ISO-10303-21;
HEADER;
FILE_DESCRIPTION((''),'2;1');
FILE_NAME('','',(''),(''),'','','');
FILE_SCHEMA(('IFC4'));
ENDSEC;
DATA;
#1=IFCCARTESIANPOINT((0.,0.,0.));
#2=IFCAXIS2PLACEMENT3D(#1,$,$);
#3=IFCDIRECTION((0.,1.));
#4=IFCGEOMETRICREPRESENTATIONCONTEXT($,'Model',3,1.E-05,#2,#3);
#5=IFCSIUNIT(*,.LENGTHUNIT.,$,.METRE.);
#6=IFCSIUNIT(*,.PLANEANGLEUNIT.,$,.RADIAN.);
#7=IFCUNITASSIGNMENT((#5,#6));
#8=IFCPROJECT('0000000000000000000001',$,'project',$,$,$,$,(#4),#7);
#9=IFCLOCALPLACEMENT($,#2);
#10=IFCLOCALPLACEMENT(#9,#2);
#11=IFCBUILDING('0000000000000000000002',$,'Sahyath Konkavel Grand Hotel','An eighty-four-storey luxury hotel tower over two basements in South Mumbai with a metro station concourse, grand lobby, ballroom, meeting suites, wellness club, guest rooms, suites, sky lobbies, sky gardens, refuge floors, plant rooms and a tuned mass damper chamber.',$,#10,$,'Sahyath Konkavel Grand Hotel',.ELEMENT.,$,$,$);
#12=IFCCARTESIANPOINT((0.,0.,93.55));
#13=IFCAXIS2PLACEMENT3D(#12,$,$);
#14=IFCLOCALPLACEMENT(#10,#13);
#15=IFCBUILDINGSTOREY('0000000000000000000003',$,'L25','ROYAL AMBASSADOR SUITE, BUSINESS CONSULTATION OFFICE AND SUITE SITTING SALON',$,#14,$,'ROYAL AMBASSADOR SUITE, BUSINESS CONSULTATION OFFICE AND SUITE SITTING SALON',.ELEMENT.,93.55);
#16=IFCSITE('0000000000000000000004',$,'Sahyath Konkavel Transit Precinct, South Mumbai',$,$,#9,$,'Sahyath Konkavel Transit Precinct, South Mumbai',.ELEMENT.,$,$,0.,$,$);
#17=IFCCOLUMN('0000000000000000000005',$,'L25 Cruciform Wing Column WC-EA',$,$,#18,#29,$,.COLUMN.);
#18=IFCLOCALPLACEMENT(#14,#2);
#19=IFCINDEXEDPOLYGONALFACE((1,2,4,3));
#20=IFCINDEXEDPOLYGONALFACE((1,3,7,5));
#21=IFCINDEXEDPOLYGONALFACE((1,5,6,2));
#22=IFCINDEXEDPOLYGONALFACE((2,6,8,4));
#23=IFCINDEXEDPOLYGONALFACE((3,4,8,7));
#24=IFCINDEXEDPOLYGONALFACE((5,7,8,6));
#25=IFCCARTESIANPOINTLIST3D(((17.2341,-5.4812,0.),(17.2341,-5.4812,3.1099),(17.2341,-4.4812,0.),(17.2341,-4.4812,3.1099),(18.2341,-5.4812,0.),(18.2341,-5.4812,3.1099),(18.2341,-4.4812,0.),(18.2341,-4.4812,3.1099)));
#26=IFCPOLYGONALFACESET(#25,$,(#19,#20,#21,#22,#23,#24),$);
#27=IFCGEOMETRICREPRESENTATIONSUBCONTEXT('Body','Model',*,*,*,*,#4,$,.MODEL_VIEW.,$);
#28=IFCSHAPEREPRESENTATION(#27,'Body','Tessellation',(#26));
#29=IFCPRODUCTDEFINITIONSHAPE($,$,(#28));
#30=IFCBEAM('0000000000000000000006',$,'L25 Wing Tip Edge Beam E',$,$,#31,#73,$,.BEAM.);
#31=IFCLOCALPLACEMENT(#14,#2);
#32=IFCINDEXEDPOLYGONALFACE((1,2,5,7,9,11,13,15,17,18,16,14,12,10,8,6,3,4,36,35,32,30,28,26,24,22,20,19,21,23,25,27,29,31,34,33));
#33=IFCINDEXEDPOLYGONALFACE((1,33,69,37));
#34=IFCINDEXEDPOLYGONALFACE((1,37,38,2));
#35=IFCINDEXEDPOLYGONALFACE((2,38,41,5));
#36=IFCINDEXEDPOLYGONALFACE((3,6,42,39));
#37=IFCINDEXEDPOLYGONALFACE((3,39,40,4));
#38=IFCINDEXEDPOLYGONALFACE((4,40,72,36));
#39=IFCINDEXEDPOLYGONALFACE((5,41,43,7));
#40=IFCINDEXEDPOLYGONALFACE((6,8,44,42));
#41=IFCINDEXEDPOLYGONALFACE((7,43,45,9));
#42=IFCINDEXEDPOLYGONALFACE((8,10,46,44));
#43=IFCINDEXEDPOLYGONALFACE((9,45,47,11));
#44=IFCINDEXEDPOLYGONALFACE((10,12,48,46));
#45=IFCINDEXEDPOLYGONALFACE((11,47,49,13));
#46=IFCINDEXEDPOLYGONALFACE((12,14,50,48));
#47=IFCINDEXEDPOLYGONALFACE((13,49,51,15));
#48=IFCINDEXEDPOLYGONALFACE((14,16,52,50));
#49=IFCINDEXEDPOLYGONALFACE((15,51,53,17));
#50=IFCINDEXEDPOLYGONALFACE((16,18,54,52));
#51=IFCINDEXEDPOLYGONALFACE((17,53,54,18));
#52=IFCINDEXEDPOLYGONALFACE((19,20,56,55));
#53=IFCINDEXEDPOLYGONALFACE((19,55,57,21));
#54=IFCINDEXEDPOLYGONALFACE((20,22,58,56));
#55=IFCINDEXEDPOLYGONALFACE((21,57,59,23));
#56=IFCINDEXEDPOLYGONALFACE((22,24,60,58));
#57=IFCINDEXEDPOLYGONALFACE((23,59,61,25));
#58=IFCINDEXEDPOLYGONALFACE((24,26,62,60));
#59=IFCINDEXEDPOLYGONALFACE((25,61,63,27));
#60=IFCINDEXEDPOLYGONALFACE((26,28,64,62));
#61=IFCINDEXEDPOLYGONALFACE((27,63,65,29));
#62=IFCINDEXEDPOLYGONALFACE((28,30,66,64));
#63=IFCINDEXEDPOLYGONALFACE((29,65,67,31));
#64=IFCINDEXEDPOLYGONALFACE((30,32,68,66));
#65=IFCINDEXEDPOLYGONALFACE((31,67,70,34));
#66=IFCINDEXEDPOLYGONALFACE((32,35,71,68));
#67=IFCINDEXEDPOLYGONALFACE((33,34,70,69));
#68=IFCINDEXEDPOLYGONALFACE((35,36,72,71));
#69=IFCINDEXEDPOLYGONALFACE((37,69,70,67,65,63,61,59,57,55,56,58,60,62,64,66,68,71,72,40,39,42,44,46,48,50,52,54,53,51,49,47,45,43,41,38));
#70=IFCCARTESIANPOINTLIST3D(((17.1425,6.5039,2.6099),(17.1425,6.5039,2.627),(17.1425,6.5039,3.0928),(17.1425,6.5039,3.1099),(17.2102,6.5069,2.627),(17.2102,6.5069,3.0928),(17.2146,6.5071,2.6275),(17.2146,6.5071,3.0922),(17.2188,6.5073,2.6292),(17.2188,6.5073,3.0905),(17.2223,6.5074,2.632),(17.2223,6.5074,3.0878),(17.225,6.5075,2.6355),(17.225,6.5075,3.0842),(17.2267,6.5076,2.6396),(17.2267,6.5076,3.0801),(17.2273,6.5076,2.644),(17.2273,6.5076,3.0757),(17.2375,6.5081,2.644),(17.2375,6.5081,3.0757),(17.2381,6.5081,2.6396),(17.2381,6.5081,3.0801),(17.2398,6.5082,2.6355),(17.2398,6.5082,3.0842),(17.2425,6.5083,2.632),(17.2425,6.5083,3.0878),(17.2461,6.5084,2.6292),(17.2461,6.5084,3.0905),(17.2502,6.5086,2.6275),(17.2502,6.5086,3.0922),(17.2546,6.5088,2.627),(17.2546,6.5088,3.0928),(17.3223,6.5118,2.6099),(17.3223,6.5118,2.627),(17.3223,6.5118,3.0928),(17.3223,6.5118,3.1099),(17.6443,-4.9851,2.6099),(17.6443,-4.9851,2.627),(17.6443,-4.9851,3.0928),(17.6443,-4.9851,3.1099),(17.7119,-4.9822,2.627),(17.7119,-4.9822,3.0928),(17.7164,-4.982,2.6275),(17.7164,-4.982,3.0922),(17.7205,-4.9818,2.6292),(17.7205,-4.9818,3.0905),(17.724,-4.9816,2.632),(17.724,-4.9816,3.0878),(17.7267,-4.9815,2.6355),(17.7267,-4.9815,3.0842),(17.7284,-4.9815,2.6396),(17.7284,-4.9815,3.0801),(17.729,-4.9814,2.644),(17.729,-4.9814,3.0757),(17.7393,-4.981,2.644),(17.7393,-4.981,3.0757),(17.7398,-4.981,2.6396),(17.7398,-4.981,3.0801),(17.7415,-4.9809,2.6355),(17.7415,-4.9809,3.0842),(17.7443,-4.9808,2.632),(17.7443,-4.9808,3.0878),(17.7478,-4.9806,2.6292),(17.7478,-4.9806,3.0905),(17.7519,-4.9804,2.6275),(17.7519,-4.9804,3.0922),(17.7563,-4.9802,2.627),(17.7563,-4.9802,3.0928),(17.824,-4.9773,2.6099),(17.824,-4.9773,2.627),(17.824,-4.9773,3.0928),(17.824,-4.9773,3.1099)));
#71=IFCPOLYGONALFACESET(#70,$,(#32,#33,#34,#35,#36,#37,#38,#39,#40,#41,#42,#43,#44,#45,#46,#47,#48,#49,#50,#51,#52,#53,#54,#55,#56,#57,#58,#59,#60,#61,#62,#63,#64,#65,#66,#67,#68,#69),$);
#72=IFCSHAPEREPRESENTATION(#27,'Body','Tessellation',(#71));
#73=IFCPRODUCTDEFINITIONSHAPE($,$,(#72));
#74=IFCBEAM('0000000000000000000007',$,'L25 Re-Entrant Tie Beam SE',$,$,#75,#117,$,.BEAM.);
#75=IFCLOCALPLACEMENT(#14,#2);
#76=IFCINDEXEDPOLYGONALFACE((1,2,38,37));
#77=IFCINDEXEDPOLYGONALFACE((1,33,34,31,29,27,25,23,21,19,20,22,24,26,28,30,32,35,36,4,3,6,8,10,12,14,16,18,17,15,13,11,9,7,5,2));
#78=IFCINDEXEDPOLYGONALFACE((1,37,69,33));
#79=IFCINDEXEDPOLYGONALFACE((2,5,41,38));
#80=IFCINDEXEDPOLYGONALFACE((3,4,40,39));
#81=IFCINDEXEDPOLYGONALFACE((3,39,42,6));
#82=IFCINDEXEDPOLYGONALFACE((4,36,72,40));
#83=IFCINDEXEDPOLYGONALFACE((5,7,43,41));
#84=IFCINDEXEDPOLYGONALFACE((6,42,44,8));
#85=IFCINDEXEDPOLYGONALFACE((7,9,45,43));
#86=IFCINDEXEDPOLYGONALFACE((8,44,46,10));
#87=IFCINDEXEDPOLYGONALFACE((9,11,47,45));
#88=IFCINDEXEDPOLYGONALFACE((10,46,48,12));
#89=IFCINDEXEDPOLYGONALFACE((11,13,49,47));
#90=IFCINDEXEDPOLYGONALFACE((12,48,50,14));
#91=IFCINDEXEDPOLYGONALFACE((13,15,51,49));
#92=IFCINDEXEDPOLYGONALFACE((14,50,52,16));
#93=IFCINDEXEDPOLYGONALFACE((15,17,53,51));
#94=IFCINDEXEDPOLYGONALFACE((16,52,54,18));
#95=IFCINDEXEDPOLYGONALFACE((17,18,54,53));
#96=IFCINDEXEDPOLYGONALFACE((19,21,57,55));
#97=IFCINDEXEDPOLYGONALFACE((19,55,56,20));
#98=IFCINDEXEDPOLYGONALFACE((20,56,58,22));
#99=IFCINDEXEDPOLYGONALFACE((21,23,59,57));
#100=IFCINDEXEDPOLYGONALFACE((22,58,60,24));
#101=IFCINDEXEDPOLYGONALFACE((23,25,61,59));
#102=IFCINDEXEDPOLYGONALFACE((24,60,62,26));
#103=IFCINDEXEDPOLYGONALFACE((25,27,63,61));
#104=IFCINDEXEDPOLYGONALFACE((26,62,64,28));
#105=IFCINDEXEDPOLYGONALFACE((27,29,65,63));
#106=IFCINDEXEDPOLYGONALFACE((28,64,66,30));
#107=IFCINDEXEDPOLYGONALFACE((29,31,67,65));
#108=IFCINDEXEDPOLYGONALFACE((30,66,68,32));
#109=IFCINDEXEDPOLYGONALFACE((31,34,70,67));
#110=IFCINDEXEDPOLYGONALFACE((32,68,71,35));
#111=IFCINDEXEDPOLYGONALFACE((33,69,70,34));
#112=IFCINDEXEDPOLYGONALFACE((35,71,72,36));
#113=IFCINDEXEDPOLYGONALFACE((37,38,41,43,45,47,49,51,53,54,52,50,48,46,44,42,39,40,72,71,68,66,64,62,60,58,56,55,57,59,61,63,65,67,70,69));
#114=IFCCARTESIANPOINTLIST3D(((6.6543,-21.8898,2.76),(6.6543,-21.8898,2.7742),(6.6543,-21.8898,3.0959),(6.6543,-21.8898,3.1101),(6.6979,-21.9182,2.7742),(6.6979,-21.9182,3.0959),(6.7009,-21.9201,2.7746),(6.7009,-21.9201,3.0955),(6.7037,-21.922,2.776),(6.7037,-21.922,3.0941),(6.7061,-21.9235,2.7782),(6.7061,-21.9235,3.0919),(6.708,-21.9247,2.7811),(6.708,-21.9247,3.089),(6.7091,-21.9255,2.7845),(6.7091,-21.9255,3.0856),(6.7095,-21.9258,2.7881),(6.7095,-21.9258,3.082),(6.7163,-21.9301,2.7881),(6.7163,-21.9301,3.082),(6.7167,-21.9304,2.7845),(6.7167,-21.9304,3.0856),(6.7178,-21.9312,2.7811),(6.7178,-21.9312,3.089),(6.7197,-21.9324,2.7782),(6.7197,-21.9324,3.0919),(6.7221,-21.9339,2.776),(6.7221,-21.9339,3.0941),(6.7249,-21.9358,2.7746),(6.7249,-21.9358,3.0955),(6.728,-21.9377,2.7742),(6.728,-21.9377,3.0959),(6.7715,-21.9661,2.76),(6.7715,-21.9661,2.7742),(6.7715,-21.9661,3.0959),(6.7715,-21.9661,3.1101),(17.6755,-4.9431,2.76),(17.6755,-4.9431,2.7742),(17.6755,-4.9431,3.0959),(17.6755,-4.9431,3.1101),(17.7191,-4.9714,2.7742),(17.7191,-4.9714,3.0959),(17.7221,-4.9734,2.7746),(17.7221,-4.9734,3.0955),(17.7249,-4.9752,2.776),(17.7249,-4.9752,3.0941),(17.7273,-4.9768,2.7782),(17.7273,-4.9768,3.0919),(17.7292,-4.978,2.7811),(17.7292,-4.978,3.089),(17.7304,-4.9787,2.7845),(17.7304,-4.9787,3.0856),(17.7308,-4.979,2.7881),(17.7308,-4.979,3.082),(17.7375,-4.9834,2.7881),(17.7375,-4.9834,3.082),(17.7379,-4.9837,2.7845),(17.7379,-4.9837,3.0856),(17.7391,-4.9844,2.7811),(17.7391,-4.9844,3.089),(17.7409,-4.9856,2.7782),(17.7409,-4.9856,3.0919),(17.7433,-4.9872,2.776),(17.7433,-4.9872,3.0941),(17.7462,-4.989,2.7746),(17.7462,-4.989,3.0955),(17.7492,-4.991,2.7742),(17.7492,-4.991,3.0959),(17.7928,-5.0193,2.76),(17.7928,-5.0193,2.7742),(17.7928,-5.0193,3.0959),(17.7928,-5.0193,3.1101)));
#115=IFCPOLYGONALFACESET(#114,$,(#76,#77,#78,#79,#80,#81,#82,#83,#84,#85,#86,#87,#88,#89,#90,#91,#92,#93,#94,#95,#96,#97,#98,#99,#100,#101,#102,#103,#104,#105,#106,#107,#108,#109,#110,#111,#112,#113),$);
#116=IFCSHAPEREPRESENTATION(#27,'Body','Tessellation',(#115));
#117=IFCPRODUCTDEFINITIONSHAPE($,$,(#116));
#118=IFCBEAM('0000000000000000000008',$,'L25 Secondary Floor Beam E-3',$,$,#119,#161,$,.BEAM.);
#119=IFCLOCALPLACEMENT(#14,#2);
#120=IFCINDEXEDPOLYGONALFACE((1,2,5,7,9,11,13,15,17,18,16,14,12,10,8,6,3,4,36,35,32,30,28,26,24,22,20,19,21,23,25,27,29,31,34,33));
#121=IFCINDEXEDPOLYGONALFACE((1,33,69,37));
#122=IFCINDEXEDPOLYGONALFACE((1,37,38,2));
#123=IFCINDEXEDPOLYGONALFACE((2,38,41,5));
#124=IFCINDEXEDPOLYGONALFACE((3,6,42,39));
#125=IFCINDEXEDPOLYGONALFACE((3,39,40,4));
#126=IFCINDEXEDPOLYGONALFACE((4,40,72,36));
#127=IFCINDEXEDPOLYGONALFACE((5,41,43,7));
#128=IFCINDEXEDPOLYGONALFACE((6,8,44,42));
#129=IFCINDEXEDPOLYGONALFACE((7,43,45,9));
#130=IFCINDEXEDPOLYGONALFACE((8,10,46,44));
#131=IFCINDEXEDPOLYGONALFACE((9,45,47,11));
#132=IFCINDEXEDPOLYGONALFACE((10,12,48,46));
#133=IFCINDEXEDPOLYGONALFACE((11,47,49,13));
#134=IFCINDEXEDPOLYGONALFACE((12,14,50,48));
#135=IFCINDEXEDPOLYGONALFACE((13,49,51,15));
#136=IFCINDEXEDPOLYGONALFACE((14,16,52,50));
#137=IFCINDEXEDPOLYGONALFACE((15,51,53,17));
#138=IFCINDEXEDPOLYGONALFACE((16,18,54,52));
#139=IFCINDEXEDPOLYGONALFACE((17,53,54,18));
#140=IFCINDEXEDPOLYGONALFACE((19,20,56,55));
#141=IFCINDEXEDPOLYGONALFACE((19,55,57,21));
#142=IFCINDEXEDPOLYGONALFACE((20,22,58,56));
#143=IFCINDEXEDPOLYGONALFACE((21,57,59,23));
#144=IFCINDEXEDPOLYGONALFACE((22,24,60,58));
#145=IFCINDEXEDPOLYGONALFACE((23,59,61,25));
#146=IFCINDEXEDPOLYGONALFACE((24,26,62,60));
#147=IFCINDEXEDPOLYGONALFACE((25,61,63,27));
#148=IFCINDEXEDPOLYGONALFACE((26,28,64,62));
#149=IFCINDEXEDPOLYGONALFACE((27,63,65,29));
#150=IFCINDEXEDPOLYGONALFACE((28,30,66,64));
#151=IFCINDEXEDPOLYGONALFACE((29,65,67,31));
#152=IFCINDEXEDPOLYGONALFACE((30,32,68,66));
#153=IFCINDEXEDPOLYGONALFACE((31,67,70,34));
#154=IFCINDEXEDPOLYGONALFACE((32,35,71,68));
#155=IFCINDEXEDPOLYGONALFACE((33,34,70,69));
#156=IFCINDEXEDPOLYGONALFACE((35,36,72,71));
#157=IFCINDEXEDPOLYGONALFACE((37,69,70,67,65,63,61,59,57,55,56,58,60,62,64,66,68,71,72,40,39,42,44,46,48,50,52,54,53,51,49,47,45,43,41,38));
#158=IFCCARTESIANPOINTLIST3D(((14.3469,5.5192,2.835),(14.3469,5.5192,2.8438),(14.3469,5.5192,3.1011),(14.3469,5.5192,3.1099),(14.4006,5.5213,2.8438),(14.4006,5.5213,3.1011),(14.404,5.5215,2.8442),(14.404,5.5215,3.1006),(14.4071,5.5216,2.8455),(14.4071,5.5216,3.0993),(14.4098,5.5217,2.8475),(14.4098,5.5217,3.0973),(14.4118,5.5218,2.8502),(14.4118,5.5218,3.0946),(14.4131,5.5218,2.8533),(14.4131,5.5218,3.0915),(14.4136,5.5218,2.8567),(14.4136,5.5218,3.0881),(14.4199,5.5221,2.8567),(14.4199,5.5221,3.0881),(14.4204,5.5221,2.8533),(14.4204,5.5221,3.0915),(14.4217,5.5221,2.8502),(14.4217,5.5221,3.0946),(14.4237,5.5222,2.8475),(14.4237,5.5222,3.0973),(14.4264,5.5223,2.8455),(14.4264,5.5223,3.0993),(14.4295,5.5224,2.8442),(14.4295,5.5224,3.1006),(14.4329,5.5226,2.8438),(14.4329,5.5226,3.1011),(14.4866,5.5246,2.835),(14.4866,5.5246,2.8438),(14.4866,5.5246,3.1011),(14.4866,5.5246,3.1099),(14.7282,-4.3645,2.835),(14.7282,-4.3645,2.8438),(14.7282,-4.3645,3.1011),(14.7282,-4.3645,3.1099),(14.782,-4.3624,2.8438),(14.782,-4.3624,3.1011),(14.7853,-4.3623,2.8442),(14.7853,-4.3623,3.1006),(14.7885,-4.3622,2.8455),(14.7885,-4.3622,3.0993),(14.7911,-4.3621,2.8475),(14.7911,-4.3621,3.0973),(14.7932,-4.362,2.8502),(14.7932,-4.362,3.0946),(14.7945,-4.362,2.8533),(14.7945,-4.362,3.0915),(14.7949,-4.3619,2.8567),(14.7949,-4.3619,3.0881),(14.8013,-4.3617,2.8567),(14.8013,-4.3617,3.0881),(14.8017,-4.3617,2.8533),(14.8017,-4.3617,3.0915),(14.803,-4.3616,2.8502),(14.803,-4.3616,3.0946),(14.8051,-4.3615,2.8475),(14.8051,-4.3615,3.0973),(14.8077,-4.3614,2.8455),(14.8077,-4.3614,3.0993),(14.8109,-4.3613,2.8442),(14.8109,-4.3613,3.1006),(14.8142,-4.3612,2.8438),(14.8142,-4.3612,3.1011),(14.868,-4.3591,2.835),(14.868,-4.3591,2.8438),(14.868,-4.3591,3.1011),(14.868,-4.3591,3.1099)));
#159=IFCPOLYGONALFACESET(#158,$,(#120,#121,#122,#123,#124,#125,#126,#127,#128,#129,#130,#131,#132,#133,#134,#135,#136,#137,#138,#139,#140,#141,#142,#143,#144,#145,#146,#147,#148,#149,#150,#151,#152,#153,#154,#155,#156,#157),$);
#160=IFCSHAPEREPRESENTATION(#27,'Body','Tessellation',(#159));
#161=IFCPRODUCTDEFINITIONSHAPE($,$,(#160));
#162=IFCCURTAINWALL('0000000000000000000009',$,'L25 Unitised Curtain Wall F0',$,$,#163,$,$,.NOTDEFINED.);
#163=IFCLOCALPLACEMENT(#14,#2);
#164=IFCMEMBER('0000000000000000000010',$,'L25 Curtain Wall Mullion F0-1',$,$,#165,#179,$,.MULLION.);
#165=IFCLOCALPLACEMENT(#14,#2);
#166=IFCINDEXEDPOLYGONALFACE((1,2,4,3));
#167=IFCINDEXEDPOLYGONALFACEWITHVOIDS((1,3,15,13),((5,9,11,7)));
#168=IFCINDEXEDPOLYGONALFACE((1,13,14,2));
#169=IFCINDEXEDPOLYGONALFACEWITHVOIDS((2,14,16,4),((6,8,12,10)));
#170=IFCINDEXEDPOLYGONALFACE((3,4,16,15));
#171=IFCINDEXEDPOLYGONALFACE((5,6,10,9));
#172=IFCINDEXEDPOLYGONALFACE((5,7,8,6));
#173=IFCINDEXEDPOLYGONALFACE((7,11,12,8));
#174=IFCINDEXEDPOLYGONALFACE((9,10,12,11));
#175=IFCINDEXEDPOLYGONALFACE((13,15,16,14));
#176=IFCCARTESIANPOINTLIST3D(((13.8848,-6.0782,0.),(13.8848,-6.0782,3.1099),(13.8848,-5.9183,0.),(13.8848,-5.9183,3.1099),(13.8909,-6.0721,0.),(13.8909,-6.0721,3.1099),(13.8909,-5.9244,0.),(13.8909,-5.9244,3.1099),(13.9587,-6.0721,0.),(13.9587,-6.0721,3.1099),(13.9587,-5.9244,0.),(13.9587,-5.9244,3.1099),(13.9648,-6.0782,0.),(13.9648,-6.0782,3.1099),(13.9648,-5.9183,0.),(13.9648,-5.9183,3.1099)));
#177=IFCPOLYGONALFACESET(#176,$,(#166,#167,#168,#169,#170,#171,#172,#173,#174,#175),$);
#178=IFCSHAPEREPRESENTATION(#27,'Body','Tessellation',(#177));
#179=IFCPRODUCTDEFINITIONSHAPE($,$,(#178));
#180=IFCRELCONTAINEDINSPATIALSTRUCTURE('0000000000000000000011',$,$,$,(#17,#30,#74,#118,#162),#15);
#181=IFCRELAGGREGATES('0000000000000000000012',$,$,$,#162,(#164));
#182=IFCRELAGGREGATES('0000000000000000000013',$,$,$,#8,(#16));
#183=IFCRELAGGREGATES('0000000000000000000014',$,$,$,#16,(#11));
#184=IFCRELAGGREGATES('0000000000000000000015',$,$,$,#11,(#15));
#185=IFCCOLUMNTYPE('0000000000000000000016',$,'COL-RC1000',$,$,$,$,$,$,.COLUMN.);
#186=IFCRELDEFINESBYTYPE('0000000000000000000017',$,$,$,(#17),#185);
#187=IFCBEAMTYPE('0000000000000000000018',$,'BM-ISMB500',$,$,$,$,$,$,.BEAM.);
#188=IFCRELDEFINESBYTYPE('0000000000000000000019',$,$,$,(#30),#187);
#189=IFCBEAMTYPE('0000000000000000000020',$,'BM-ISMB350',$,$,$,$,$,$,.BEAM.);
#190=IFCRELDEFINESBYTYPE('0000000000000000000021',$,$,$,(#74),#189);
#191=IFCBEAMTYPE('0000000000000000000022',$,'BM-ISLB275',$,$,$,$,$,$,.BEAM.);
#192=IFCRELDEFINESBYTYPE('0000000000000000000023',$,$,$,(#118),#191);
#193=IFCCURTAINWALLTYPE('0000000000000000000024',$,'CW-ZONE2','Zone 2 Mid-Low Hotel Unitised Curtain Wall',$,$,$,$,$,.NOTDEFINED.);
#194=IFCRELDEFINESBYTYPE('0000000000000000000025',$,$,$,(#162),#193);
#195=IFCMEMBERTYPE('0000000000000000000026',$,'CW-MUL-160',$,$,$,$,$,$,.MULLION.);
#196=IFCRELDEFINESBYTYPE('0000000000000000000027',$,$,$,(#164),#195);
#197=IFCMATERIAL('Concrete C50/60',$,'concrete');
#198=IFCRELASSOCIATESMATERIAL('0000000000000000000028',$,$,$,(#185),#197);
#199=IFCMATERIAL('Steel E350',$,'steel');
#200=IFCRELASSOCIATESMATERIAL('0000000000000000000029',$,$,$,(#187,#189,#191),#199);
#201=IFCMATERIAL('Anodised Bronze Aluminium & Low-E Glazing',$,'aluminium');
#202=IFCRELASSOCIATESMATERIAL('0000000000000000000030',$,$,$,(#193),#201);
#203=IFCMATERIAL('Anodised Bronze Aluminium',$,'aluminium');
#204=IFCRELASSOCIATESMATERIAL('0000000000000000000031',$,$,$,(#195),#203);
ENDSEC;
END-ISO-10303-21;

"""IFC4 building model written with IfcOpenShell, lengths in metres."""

from ifc_helpers import new_model, si_unit, direction, frame, origin, origin_2d, place, context, subcontext, project, spatial, rectangle, hollow_rectangle, i_section, extrude, source, transform, mapped, material, material_profile, profile_set, type_object, element, aggregate, save


model = new_model("IFC4")

# Units and contexts
model_context = context("Model", 3, precision=1e-05, world=origin(), true_north=direction((0.0, 1.0)))
body_context = subcontext(model_context, "Body", "Model", "MODEL_VIEW")
ifc_project = project(units=[si_unit("LENGTHUNIT", "METRE"), si_unit("PLANEANGLEUNIT", "RADIAN")], contexts=[model_context])

# Site, building, storey
site_placement = place(None, origin())
site = spatial("IfcSite", under=ifc_project, at=site_placement, Name="Sahyath Konkavel Transit Precinct, South Mumbai", LongName="Sahyath Konkavel Transit Precinct, South Mumbai", CompositionType="ELEMENT", RefElevation=0.0)
building_placement = place(site_placement, origin())
building = spatial("IfcBuilding", under=site, at=building_placement, Name="Sahyath Konkavel Grand Hotel", Description="An eighty-four-storey luxury hotel tower over two basements in South Mumbai with a metro station concourse, grand lobby, ballroom, meeting suites, wellness club, guest rooms, suites, sky lobbies, sky gardens, refuge floors, plant rooms and a tuned mass damper chamber.", LongName="Sahyath Konkavel Grand Hotel", CompositionType="ELEMENT")
storey_placement = place(building_placement, frame((0.0, 0.0, 93.55)))
storey = spatial("IfcBuildingStorey", under=building, at=storey_placement, Name="L25", Description="ROYAL AMBASSADOR SUITE, BUSINESS CONSULTATION OFFICE AND SUITE SITTING SALON", LongName="ROYAL AMBASSADOR SUITE, BUSINESS CONSULTATION OFFICE AND SUITE SITTING SALON", CompositionType="ELEMENT", Elevation=93.55)

# Column
ifc_material_1 = material(Name="Concrete C50/60", Category="concrete")
ifc_material_profile_1 = material_profile(ifc_material_1, rectangle(XDim=1.0, YDim=1.0, at=origin_2d()), Name="RC 1000x1000")
ifc_profile_set_1 = profile_set([ifc_material_profile_1], Name="Concrete C50/60")
column_type = type_object("IfcColumnType", Name="COL-RC1000", PredefinedType="COLUMN", material=ifc_profile_set_1)
shared_shape_1 = source(origin(), body_context, "Body", "SweptSolid", [
    extrude(rectangle(XDim=1.0, YDim=1.0, at=origin_2d()), origin(), (0.0, 0.0, 1.0), 3.1099),
])
column_placement = place(storey_placement, frame((17.7341, -4.9812, 0.0), z_axis=(0.0, 0.0, 1.0), x_axis=(1.0, 0.0, 0.0)))
element("IfcColumn", 1, at=column_placement, inside=storey, type_object=column_type, Name="L25 Cruciform Wing Column WC-EA", PredefinedType="COLUMN", context=body_context, shape_type="MappedRepresentation", body=[
    mapped(shared_shape_1, transform((0.0, 0.0, 0.0), scale=1.0)),
])

# Beams
ifc_material_2 = material(Name="Steel E350", Category="steel")
ifc_material_profile_2 = material_profile(ifc_material_2, i_section(OverallWidth=0.1799, OverallDepth=0.5, WebThickness=0.0103, FlangeThickness=0.0171, FilletRadius=0.0171, at=origin_2d()), Name="ISMB 500")
ifc_profile_set_2 = profile_set([ifc_material_profile_2], Name="Steel E350")
beam_type_1 = type_object("IfcBeamType", Name="BM-ISMB500", PredefinedType="BEAM", material=ifc_profile_set_2)
shared_shape_2 = source(origin(), body_context, "Body", "SweptSolid", [
    extrude(i_section(OverallWidth=0.1799, OverallDepth=0.5, WebThickness=0.0103, FlangeThickness=0.0171, FilletRadius=0.0171, at=origin_2d()), origin(), (0.0, 0.0, 1.0), 11.5),
])
beam_1_placement = place(storey_placement, frame((17.7341, -4.9812, 2.8599), z_axis=(-0.043627, 0.999048, 0.0), x_axis=(-0.999048, -0.043627, 0.0)))
element("IfcBeam", 2, at=beam_1_placement, inside=storey, type_object=beam_type_1, Name="L25 Wing Tip Edge Beam E", PredefinedType="BEAM", context=body_context, shape_type="MappedRepresentation", body=[
    mapped(shared_shape_2, transform((0.0, 0.0, 0.0), scale=1.0)),
])
ifc_material_profile_3 = material_profile(ifc_material_2, i_section(OverallWidth=0.1399, OverallDepth=0.3501, WebThickness=0.0081, FlangeThickness=0.0142, FilletRadius=0.0139, at=origin_2d()), Name="ISMB 350")
ifc_profile_set_3 = profile_set([ifc_material_profile_3], Name="Steel E350")
beam_type_2 = type_object("IfcBeamType", Name="BM-ISMB350", PredefinedType="BEAM", material=ifc_profile_set_3)
shared_shape_3 = source(origin(), body_context, "Body", "SweptSolid", [
    extrude(i_section(OverallWidth=0.1399, OverallDepth=0.3501, WebThickness=0.0081, FlangeThickness=0.0142, FilletRadius=0.0139, at=origin_2d()), origin(), (0.0, 0.0, 1.0), 20.2153),
])
beam_2_placement = place(storey_placement, frame((17.7341, -4.9812, 2.9351), z_axis=(-0.545191, -0.838312, 0.0), x_axis=(0.838312, -0.545191, 0.0)))
element("IfcBeam", 3, at=beam_2_placement, inside=storey, type_object=beam_type_2, Name="L25 Re-Entrant Tie Beam SE", PredefinedType="BEAM", context=body_context, shape_type="MappedRepresentation", body=[
    mapped(shared_shape_3, transform((0.0, 0.0, 0.0), scale=1.0)),
])
ifc_material_profile_4 = material_profile(ifc_material_2, i_section(OverallWidth=0.1399, OverallDepth=0.2749, WebThickness=0.0063, FlangeThickness=0.0088, FilletRadius=0.0129, at=origin_2d()), Name="ISLB 275")
ifc_profile_set_4 = profile_set([ifc_material_profile_4], Name="Steel E350")
beam_type_3 = type_object("IfcBeamType", Name="BM-ISLB275", PredefinedType="BEAM", material=ifc_profile_set_4)
shared_shape_4 = source(origin(), body_context, "Body", "SweptSolid", [
    extrude(i_section(OverallWidth=0.1399, OverallDepth=0.2749, WebThickness=0.0063, FlangeThickness=0.0088, FilletRadius=0.0129, at=origin_2d()), origin(), (0.0, 0.0, 1.0), 9.8911),
])
beam_3_placement = place(storey_placement, frame((14.7981, -4.3618, 2.9724), z_axis=(-0.038554, 0.999257, 0.0), x_axis=(-0.999257, -0.038554, 0.0)))
element("IfcBeam", 4, at=beam_3_placement, inside=storey, type_object=beam_type_3, Name="L25 Secondary Floor Beam E-3", PredefinedType="BEAM", context=body_context, shape_type="MappedRepresentation", body=[
    mapped(shared_shape_4, transform((0.0, 0.0, 0.0), scale=1.0)),
])

# Curtain wall, member
ifc_material_3 = material(Name="Anodised Bronze Aluminium & Low-E Glazing", Category="aluminium")
curtain_wall_type = type_object("IfcCurtainWallType", Name="CW-ZONE2", Description="Zone 2 Mid-Low Hotel Unitised Curtain Wall", PredefinedType="NOTDEFINED", material=ifc_material_3)
curtain_wall_1_placement = place(storey_placement, origin())
curtain_wall_1 = element("IfcCurtainWall", 5, at=curtain_wall_1_placement, inside=storey, type_object=curtain_wall_type, Name="L25 Unitised Curtain Wall F0", PredefinedType="NOTDEFINED")
ifc_material_4 = material(Name="Anodised Bronze Aluminium", Category="aluminium")
ifc_material_profile_5 = material_profile(ifc_material_4, hollow_rectangle(XDim=0.0801, YDim=0.1599, WallThickness=0.0061, at=origin_2d()), Name="RHS 160x80x6")
ifc_profile_set_5 = profile_set([ifc_material_profile_5], Name="Anodised Bronze Aluminium")
member_type_1 = type_object("IfcMemberType", Name="CW-MUL-160", PredefinedType="MULLION", material=ifc_profile_set_5)
shared_shape_5 = source(origin(), body_context, "Body", "SweptSolid", [
    extrude(hollow_rectangle(XDim=0.0801, YDim=0.1599, WallThickness=0.0061, at=origin_2d()), origin(), (0.0, 0.0, 1.0), 3.1099),
])
member_1_placement = place(storey_placement, frame((13.9248, -5.9983, 0.0), z_axis=(0.0, 0.0, 1.0), x_axis=(1.0, 0.0, 0.0)))
member_1 = element("IfcMember", 6, at=member_1_placement, type_object=member_type_1, Name="L25 Curtain Wall Mullion F0-1", PredefinedType="MULLION", context=body_context, shape_type="MappedRepresentation", body=[
    mapped(shared_shape_5, transform((0.0, 0.0, 0.0), scale=1.0)),
])

aggregate(curtain_wall_1, [member_1])

save(model, "model.ifc")
